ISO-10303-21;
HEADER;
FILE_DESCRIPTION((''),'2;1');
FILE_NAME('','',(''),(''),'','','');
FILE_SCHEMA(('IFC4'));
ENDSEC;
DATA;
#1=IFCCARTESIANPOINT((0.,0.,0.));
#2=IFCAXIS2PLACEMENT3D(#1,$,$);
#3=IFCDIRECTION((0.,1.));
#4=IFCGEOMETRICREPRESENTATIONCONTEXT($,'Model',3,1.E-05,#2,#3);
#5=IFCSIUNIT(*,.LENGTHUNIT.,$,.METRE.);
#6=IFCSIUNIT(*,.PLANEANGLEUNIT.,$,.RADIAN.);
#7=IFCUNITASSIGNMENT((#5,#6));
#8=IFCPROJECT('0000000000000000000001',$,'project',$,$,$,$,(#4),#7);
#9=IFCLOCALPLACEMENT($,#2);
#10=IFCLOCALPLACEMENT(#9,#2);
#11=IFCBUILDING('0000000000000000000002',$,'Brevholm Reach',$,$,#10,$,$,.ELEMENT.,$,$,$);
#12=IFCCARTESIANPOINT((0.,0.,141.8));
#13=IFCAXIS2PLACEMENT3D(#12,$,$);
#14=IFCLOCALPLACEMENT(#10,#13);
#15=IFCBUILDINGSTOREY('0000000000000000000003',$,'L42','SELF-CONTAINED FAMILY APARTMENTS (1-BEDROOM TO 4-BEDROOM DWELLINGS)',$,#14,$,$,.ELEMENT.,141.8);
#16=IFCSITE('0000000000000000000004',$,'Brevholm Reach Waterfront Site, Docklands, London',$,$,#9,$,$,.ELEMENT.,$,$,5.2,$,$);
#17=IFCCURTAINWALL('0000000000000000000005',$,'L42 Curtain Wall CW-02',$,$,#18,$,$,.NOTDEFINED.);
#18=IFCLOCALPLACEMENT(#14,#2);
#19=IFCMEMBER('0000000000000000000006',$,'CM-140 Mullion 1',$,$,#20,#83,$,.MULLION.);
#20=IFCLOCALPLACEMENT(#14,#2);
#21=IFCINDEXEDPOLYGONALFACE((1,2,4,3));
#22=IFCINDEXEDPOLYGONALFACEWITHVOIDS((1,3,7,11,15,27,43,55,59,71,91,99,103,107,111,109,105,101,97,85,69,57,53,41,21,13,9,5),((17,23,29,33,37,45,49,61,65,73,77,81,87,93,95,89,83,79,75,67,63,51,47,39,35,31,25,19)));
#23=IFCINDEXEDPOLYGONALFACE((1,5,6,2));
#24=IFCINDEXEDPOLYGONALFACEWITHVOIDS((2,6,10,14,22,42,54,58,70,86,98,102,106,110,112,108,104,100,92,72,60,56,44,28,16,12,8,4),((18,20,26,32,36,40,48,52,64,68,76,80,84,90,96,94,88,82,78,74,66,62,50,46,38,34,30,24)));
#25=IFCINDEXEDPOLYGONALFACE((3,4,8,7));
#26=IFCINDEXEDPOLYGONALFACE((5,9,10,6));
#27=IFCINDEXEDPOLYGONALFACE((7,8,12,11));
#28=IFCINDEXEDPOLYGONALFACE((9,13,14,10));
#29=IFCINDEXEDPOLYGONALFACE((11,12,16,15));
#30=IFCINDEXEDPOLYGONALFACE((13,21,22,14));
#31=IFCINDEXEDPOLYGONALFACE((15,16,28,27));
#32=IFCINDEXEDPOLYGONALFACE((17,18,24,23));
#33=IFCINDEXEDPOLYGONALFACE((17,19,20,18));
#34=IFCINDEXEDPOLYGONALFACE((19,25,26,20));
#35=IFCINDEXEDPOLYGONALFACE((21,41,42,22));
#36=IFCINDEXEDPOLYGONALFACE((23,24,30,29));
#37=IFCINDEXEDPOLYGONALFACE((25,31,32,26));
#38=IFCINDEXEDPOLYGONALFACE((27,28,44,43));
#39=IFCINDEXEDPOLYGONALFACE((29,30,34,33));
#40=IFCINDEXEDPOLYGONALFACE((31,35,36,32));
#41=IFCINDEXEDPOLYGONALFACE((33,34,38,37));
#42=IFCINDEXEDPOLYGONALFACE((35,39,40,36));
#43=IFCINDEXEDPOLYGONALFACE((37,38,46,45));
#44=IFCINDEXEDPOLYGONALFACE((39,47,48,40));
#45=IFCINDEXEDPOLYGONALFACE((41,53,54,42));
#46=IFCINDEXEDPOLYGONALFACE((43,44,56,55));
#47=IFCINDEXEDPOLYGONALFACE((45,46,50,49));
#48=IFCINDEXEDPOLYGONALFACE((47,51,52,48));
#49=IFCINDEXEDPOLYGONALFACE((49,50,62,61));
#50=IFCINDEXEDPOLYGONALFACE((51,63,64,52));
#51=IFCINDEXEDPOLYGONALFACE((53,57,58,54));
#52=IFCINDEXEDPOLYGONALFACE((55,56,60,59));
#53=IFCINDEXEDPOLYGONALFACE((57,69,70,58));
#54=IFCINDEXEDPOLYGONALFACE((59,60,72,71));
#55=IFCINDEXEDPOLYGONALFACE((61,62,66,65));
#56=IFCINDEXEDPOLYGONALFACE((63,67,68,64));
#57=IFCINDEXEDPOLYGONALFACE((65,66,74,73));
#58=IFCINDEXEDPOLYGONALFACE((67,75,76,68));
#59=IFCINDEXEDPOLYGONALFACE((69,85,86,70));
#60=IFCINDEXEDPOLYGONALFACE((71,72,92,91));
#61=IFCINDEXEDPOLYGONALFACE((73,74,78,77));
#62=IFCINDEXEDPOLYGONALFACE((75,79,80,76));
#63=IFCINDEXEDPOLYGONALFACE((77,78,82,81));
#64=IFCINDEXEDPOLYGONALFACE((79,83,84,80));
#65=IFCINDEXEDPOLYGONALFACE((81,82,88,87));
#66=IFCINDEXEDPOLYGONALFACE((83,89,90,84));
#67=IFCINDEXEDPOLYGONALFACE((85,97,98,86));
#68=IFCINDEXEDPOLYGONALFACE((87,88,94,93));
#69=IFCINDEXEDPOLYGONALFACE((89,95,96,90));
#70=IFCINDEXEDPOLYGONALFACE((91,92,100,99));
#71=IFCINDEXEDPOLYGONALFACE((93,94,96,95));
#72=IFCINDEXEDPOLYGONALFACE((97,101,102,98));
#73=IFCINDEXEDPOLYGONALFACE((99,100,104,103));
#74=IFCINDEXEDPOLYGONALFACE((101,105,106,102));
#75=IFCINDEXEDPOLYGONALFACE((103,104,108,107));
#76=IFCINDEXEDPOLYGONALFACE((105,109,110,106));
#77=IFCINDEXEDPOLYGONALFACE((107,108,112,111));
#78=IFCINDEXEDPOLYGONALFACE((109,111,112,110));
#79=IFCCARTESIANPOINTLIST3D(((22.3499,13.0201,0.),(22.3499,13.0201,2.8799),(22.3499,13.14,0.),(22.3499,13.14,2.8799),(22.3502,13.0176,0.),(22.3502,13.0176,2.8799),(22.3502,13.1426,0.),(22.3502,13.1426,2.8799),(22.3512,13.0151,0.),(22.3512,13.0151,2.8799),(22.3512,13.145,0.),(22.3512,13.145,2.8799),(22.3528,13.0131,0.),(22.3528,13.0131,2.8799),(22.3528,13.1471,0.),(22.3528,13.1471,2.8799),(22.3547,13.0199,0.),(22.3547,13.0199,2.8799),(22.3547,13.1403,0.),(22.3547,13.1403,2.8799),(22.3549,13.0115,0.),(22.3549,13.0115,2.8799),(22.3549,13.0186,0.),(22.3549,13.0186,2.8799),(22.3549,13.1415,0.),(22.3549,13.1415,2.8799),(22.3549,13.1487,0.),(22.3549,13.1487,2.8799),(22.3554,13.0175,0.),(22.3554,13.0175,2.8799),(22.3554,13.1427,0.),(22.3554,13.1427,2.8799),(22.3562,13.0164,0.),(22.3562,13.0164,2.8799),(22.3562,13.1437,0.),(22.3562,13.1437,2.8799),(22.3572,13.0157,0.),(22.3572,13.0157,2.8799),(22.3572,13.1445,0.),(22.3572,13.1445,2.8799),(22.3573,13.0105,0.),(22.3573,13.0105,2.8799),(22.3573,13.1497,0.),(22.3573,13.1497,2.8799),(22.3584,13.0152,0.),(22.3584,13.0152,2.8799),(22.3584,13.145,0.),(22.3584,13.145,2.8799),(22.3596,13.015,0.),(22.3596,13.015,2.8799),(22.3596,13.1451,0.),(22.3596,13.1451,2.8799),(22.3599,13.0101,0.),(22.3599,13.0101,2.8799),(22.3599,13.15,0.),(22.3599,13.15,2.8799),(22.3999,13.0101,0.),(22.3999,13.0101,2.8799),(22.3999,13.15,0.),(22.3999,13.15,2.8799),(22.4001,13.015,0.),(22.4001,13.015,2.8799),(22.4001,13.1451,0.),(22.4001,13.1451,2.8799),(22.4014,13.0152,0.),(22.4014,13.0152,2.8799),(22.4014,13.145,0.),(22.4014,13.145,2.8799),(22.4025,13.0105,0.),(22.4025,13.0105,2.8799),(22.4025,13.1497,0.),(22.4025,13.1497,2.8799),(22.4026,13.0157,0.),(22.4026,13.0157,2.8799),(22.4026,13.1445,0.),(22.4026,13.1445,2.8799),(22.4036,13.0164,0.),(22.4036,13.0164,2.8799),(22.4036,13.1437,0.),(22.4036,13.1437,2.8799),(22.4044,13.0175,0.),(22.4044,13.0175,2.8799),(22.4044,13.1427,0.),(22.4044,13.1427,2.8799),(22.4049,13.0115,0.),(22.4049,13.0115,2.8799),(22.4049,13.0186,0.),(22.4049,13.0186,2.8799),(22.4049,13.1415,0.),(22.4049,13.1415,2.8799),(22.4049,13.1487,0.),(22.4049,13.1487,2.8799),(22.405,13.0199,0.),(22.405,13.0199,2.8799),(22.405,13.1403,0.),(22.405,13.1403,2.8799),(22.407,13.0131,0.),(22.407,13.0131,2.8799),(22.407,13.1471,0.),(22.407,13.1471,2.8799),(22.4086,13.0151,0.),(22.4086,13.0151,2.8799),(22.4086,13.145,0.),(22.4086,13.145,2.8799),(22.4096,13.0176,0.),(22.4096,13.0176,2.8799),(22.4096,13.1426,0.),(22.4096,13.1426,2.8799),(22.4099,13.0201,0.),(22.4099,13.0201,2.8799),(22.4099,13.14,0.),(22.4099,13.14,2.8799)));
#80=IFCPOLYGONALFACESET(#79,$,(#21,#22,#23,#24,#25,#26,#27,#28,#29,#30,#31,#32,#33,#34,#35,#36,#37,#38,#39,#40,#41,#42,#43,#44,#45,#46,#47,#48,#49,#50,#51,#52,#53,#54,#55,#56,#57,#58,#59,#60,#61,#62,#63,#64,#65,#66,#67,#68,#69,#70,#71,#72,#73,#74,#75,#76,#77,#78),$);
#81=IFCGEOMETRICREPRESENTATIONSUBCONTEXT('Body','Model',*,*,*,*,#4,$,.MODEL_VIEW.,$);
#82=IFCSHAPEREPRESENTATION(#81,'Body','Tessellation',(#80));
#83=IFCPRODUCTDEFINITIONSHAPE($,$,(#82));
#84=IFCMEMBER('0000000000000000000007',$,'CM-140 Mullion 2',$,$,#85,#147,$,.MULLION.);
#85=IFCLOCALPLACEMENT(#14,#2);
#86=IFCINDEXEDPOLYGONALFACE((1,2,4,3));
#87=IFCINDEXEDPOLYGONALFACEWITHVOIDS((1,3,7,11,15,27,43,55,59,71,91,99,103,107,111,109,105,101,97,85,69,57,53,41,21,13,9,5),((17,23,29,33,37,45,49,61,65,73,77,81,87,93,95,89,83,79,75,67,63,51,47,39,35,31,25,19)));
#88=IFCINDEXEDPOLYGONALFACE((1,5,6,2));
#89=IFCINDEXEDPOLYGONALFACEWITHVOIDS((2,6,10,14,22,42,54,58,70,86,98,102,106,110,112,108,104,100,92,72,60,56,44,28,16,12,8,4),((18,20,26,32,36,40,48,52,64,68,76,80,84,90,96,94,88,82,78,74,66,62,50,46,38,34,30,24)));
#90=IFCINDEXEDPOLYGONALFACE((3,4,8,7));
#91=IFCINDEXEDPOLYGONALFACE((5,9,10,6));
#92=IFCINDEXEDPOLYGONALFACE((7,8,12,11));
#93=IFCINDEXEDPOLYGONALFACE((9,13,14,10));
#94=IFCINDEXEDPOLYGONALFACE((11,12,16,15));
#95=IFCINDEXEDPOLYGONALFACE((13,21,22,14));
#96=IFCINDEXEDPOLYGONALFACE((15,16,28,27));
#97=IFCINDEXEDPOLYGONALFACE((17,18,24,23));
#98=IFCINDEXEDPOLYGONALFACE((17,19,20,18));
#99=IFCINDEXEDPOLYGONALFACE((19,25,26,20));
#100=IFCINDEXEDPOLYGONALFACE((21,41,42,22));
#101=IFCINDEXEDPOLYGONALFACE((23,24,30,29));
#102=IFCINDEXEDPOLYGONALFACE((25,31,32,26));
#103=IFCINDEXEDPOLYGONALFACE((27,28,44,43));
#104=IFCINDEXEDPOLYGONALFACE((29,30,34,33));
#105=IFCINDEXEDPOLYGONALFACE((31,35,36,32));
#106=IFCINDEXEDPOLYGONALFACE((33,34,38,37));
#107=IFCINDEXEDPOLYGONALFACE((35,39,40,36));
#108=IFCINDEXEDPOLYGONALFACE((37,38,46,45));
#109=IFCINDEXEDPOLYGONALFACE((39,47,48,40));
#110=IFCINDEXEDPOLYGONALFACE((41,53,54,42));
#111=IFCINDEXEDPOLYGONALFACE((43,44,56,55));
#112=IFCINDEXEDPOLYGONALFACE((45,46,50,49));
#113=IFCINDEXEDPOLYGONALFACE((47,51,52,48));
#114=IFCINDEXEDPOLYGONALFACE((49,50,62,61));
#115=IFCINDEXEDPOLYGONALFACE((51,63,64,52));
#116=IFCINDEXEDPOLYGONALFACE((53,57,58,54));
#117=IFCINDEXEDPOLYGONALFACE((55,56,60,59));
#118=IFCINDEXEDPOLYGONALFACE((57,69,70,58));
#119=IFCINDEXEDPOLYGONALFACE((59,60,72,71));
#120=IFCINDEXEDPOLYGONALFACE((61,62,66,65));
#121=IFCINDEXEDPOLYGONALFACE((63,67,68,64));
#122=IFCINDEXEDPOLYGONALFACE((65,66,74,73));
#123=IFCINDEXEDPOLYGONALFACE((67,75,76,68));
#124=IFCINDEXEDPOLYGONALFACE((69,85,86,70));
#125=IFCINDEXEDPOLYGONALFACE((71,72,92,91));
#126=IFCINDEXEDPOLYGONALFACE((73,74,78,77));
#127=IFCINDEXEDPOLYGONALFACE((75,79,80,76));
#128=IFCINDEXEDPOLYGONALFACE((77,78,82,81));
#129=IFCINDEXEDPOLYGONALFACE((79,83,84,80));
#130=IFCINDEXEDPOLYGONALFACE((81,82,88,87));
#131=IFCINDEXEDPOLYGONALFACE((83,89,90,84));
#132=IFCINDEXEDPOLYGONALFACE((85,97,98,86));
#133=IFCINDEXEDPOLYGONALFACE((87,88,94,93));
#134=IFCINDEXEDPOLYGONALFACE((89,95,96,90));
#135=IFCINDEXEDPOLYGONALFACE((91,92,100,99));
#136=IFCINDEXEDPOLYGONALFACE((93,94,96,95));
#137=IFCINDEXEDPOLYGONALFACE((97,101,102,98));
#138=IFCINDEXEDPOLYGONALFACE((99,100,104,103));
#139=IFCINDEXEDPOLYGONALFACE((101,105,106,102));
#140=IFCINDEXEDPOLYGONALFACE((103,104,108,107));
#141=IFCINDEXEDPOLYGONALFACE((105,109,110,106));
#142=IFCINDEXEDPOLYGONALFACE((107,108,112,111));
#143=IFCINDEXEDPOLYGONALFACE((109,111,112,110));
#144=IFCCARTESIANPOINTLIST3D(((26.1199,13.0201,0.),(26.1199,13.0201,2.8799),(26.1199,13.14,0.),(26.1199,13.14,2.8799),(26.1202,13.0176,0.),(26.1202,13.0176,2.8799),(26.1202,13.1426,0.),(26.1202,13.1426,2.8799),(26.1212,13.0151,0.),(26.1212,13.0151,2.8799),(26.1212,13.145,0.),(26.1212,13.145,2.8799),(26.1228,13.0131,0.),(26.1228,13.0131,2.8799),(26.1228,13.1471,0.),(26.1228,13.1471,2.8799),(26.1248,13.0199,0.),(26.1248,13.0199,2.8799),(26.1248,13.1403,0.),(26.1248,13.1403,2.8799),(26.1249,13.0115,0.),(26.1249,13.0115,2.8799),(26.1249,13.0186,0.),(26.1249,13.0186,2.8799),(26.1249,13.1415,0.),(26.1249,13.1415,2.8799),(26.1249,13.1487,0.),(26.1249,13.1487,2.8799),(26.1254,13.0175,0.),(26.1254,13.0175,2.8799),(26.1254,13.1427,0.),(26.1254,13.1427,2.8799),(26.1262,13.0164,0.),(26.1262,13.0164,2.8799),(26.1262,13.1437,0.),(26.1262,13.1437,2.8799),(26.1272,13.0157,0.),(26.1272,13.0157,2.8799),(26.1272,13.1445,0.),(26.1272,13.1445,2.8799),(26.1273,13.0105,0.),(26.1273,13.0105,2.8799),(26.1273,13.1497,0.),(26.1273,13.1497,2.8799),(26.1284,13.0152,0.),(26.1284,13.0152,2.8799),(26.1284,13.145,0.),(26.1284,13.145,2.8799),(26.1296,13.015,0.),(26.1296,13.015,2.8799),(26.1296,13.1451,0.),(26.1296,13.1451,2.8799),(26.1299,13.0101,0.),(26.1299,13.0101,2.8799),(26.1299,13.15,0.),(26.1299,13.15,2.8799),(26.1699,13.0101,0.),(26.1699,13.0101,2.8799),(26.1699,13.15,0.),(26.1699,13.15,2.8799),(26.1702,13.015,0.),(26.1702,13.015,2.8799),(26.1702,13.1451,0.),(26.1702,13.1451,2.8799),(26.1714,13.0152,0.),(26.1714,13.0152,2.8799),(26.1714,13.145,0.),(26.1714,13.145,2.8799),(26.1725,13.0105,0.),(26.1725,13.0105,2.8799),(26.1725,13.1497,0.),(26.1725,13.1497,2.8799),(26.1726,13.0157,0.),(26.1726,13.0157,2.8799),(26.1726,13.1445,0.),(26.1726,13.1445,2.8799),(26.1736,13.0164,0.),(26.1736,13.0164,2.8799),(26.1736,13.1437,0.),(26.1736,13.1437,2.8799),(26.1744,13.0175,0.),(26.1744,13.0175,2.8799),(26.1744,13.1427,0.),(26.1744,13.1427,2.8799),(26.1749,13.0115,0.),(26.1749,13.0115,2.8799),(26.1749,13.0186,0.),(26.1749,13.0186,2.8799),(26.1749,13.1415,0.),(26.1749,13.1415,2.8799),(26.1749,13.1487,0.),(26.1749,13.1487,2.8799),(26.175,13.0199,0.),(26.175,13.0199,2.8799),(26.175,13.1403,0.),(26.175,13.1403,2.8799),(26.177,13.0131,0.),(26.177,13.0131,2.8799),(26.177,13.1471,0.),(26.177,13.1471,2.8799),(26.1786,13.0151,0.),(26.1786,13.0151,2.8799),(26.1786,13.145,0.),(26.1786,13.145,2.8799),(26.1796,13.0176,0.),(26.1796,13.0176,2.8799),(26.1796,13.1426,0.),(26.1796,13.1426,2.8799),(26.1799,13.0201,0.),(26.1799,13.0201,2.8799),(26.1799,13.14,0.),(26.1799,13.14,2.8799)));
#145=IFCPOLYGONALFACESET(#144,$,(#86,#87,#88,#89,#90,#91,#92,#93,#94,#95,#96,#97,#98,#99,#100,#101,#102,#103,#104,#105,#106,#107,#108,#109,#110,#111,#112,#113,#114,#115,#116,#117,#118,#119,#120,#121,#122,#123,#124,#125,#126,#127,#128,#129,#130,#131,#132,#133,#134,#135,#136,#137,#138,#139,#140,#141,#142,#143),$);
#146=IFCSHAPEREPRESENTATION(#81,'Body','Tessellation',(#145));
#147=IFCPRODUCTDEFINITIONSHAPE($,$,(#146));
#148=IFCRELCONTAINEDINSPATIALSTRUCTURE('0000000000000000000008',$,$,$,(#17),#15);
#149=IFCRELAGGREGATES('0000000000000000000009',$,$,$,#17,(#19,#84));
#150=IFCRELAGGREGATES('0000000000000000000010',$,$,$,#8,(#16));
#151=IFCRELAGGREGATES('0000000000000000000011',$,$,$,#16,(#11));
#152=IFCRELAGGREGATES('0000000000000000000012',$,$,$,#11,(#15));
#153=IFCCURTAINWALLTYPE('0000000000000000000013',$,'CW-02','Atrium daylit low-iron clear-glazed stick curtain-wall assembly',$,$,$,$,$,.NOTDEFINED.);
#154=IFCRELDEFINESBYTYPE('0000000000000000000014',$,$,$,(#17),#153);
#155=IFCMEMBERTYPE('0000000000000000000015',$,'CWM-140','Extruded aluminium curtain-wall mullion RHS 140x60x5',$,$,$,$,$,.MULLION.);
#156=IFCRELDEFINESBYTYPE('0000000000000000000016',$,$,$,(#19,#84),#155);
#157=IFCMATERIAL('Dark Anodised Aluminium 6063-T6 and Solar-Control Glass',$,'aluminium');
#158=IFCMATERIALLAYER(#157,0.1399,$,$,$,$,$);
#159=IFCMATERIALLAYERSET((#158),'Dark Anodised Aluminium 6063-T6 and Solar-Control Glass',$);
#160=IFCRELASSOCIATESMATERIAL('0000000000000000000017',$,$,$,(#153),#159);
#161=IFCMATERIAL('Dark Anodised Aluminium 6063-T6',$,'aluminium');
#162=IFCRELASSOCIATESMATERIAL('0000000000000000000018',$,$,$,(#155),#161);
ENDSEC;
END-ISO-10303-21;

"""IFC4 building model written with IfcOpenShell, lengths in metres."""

from ifc_helpers import new_model, si_unit, direction, frame, origin, origin_2d, place, context, subcontext, project, spatial, hollow_rectangle, extrude, material, layer, layer_set, material_profile, profile_set, type_object, element, aggregate, save


model = new_model("IFC4")

# Units and contexts
model_context = context("Model", 3, precision=1e-05, world=origin(), true_north=direction((0.0, 1.0)))
body_context = subcontext(model_context, "Body", "Model", "MODEL_VIEW")
ifc_project = project(units=[si_unit("LENGTHUNIT", "METRE"), si_unit("PLANEANGLEUNIT", "RADIAN")], contexts=[model_context])

# Site, building, storey
site_placement = place(None, origin())
site = spatial("IfcSite", under=ifc_project, at=site_placement, Name="Brevholm Reach Waterfront Site, Docklands, London", CompositionType="ELEMENT", RefElevation=5.2)
building_placement = place(site_placement, origin())
building = spatial("IfcBuilding", under=site, at=building_placement, Name="Brevholm Reach", CompositionType="ELEMENT")
storey_placement = place(building_placement, frame((0.0, 0.0, 141.8)))
storey = spatial("IfcBuildingStorey", under=building, at=storey_placement, Name="L42", Description="SELF-CONTAINED FAMILY APARTMENTS (1-BEDROOM TO 4-BEDROOM DWELLINGS)", CompositionType="ELEMENT", Elevation=141.8)

# Curtain wall, members
ifc_material_1 = material(Name="Dark Anodised Aluminium 6063-T6 and Solar-Control Glass", Category="aluminium")
ifc_layer_1 = layer(ifc_material_1, 0.1399)
ifc_layer_set_1 = layer_set([ifc_layer_1], Name="Dark Anodised Aluminium 6063-T6 and Solar-Control Glass")
curtain_wall_type = type_object("IfcCurtainWallType", Name="CW-02", Description="Atrium daylit low-iron clear-glazed stick curtain-wall assembly", PredefinedType="NOTDEFINED", material=ifc_layer_set_1)
curtain_wall_placement = place(storey_placement, origin())
curtain_wall = element("IfcCurtainWall", 1, at=curtain_wall_placement, inside=storey, type_object=curtain_wall_type, Name="L42 Curtain Wall CW-02", PredefinedType="NOTDEFINED")
ifc_material_2 = material(Name="Dark Anodised Aluminium 6063-T6", Category="aluminium")
ifc_material_profile_1 = material_profile(ifc_material_2, hollow_rectangle(XDim=0.0601, YDim=0.1399, WallThickness=0.0049, InnerFilletRadius=0.0049, OuterFilletRadius=0.01, at=origin_2d()), Name="RHS 140x60x5")
ifc_profile_set_1 = profile_set([ifc_material_profile_1], Name="Dark Anodised Aluminium 6063-T6")
member_type_1 = type_object("IfcMemberType", Name="CWM-140", Description="Extruded aluminium curtain-wall mullion RHS 140x60x5", PredefinedType="MULLION", material=ifc_profile_set_1)
member_1_placement = place(storey_placement, frame((22.3799, 13.0801, 0.0), z_axis=(0.0, 0.0, 1.0), x_axis=(1.0, 0.0, 0.0)))
member_1 = element("IfcMember", 2, at=member_1_placement, type_object=member_type_1, Name="CM-140 Mullion 1", PredefinedType="MULLION", context=body_context, shape_type="SweptSolid", body=[
    extrude(hollow_rectangle(XDim=0.0601, YDim=0.1399, WallThickness=0.0049, InnerFilletRadius=0.0049, OuterFilletRadius=0.01, at=origin_2d()), origin(), (0.0, 0.0, 1.0), 2.8799),
])
member_2_placement = place(storey_placement, frame((26.1499, 13.0801, 0.0), z_axis=(0.0, 0.0, 1.0), x_axis=(1.0, 0.0, 0.0)))
member_2 = element("IfcMember", 3, at=member_2_placement, type_object=member_type_1, Name="CM-140 Mullion 2", PredefinedType="MULLION", context=body_context, shape_type="SweptSolid", body=[
    extrude(hollow_rectangle(XDim=0.0601, YDim=0.1399, WallThickness=0.0049, InnerFilletRadius=0.0049, OuterFilletRadius=0.01, at=origin_2d()), origin(), (0.0, 0.0, 1.0), 2.8799),
])
aggregate(curtain_wall, [member_1, member_2])

save(model, "model.ifc")
